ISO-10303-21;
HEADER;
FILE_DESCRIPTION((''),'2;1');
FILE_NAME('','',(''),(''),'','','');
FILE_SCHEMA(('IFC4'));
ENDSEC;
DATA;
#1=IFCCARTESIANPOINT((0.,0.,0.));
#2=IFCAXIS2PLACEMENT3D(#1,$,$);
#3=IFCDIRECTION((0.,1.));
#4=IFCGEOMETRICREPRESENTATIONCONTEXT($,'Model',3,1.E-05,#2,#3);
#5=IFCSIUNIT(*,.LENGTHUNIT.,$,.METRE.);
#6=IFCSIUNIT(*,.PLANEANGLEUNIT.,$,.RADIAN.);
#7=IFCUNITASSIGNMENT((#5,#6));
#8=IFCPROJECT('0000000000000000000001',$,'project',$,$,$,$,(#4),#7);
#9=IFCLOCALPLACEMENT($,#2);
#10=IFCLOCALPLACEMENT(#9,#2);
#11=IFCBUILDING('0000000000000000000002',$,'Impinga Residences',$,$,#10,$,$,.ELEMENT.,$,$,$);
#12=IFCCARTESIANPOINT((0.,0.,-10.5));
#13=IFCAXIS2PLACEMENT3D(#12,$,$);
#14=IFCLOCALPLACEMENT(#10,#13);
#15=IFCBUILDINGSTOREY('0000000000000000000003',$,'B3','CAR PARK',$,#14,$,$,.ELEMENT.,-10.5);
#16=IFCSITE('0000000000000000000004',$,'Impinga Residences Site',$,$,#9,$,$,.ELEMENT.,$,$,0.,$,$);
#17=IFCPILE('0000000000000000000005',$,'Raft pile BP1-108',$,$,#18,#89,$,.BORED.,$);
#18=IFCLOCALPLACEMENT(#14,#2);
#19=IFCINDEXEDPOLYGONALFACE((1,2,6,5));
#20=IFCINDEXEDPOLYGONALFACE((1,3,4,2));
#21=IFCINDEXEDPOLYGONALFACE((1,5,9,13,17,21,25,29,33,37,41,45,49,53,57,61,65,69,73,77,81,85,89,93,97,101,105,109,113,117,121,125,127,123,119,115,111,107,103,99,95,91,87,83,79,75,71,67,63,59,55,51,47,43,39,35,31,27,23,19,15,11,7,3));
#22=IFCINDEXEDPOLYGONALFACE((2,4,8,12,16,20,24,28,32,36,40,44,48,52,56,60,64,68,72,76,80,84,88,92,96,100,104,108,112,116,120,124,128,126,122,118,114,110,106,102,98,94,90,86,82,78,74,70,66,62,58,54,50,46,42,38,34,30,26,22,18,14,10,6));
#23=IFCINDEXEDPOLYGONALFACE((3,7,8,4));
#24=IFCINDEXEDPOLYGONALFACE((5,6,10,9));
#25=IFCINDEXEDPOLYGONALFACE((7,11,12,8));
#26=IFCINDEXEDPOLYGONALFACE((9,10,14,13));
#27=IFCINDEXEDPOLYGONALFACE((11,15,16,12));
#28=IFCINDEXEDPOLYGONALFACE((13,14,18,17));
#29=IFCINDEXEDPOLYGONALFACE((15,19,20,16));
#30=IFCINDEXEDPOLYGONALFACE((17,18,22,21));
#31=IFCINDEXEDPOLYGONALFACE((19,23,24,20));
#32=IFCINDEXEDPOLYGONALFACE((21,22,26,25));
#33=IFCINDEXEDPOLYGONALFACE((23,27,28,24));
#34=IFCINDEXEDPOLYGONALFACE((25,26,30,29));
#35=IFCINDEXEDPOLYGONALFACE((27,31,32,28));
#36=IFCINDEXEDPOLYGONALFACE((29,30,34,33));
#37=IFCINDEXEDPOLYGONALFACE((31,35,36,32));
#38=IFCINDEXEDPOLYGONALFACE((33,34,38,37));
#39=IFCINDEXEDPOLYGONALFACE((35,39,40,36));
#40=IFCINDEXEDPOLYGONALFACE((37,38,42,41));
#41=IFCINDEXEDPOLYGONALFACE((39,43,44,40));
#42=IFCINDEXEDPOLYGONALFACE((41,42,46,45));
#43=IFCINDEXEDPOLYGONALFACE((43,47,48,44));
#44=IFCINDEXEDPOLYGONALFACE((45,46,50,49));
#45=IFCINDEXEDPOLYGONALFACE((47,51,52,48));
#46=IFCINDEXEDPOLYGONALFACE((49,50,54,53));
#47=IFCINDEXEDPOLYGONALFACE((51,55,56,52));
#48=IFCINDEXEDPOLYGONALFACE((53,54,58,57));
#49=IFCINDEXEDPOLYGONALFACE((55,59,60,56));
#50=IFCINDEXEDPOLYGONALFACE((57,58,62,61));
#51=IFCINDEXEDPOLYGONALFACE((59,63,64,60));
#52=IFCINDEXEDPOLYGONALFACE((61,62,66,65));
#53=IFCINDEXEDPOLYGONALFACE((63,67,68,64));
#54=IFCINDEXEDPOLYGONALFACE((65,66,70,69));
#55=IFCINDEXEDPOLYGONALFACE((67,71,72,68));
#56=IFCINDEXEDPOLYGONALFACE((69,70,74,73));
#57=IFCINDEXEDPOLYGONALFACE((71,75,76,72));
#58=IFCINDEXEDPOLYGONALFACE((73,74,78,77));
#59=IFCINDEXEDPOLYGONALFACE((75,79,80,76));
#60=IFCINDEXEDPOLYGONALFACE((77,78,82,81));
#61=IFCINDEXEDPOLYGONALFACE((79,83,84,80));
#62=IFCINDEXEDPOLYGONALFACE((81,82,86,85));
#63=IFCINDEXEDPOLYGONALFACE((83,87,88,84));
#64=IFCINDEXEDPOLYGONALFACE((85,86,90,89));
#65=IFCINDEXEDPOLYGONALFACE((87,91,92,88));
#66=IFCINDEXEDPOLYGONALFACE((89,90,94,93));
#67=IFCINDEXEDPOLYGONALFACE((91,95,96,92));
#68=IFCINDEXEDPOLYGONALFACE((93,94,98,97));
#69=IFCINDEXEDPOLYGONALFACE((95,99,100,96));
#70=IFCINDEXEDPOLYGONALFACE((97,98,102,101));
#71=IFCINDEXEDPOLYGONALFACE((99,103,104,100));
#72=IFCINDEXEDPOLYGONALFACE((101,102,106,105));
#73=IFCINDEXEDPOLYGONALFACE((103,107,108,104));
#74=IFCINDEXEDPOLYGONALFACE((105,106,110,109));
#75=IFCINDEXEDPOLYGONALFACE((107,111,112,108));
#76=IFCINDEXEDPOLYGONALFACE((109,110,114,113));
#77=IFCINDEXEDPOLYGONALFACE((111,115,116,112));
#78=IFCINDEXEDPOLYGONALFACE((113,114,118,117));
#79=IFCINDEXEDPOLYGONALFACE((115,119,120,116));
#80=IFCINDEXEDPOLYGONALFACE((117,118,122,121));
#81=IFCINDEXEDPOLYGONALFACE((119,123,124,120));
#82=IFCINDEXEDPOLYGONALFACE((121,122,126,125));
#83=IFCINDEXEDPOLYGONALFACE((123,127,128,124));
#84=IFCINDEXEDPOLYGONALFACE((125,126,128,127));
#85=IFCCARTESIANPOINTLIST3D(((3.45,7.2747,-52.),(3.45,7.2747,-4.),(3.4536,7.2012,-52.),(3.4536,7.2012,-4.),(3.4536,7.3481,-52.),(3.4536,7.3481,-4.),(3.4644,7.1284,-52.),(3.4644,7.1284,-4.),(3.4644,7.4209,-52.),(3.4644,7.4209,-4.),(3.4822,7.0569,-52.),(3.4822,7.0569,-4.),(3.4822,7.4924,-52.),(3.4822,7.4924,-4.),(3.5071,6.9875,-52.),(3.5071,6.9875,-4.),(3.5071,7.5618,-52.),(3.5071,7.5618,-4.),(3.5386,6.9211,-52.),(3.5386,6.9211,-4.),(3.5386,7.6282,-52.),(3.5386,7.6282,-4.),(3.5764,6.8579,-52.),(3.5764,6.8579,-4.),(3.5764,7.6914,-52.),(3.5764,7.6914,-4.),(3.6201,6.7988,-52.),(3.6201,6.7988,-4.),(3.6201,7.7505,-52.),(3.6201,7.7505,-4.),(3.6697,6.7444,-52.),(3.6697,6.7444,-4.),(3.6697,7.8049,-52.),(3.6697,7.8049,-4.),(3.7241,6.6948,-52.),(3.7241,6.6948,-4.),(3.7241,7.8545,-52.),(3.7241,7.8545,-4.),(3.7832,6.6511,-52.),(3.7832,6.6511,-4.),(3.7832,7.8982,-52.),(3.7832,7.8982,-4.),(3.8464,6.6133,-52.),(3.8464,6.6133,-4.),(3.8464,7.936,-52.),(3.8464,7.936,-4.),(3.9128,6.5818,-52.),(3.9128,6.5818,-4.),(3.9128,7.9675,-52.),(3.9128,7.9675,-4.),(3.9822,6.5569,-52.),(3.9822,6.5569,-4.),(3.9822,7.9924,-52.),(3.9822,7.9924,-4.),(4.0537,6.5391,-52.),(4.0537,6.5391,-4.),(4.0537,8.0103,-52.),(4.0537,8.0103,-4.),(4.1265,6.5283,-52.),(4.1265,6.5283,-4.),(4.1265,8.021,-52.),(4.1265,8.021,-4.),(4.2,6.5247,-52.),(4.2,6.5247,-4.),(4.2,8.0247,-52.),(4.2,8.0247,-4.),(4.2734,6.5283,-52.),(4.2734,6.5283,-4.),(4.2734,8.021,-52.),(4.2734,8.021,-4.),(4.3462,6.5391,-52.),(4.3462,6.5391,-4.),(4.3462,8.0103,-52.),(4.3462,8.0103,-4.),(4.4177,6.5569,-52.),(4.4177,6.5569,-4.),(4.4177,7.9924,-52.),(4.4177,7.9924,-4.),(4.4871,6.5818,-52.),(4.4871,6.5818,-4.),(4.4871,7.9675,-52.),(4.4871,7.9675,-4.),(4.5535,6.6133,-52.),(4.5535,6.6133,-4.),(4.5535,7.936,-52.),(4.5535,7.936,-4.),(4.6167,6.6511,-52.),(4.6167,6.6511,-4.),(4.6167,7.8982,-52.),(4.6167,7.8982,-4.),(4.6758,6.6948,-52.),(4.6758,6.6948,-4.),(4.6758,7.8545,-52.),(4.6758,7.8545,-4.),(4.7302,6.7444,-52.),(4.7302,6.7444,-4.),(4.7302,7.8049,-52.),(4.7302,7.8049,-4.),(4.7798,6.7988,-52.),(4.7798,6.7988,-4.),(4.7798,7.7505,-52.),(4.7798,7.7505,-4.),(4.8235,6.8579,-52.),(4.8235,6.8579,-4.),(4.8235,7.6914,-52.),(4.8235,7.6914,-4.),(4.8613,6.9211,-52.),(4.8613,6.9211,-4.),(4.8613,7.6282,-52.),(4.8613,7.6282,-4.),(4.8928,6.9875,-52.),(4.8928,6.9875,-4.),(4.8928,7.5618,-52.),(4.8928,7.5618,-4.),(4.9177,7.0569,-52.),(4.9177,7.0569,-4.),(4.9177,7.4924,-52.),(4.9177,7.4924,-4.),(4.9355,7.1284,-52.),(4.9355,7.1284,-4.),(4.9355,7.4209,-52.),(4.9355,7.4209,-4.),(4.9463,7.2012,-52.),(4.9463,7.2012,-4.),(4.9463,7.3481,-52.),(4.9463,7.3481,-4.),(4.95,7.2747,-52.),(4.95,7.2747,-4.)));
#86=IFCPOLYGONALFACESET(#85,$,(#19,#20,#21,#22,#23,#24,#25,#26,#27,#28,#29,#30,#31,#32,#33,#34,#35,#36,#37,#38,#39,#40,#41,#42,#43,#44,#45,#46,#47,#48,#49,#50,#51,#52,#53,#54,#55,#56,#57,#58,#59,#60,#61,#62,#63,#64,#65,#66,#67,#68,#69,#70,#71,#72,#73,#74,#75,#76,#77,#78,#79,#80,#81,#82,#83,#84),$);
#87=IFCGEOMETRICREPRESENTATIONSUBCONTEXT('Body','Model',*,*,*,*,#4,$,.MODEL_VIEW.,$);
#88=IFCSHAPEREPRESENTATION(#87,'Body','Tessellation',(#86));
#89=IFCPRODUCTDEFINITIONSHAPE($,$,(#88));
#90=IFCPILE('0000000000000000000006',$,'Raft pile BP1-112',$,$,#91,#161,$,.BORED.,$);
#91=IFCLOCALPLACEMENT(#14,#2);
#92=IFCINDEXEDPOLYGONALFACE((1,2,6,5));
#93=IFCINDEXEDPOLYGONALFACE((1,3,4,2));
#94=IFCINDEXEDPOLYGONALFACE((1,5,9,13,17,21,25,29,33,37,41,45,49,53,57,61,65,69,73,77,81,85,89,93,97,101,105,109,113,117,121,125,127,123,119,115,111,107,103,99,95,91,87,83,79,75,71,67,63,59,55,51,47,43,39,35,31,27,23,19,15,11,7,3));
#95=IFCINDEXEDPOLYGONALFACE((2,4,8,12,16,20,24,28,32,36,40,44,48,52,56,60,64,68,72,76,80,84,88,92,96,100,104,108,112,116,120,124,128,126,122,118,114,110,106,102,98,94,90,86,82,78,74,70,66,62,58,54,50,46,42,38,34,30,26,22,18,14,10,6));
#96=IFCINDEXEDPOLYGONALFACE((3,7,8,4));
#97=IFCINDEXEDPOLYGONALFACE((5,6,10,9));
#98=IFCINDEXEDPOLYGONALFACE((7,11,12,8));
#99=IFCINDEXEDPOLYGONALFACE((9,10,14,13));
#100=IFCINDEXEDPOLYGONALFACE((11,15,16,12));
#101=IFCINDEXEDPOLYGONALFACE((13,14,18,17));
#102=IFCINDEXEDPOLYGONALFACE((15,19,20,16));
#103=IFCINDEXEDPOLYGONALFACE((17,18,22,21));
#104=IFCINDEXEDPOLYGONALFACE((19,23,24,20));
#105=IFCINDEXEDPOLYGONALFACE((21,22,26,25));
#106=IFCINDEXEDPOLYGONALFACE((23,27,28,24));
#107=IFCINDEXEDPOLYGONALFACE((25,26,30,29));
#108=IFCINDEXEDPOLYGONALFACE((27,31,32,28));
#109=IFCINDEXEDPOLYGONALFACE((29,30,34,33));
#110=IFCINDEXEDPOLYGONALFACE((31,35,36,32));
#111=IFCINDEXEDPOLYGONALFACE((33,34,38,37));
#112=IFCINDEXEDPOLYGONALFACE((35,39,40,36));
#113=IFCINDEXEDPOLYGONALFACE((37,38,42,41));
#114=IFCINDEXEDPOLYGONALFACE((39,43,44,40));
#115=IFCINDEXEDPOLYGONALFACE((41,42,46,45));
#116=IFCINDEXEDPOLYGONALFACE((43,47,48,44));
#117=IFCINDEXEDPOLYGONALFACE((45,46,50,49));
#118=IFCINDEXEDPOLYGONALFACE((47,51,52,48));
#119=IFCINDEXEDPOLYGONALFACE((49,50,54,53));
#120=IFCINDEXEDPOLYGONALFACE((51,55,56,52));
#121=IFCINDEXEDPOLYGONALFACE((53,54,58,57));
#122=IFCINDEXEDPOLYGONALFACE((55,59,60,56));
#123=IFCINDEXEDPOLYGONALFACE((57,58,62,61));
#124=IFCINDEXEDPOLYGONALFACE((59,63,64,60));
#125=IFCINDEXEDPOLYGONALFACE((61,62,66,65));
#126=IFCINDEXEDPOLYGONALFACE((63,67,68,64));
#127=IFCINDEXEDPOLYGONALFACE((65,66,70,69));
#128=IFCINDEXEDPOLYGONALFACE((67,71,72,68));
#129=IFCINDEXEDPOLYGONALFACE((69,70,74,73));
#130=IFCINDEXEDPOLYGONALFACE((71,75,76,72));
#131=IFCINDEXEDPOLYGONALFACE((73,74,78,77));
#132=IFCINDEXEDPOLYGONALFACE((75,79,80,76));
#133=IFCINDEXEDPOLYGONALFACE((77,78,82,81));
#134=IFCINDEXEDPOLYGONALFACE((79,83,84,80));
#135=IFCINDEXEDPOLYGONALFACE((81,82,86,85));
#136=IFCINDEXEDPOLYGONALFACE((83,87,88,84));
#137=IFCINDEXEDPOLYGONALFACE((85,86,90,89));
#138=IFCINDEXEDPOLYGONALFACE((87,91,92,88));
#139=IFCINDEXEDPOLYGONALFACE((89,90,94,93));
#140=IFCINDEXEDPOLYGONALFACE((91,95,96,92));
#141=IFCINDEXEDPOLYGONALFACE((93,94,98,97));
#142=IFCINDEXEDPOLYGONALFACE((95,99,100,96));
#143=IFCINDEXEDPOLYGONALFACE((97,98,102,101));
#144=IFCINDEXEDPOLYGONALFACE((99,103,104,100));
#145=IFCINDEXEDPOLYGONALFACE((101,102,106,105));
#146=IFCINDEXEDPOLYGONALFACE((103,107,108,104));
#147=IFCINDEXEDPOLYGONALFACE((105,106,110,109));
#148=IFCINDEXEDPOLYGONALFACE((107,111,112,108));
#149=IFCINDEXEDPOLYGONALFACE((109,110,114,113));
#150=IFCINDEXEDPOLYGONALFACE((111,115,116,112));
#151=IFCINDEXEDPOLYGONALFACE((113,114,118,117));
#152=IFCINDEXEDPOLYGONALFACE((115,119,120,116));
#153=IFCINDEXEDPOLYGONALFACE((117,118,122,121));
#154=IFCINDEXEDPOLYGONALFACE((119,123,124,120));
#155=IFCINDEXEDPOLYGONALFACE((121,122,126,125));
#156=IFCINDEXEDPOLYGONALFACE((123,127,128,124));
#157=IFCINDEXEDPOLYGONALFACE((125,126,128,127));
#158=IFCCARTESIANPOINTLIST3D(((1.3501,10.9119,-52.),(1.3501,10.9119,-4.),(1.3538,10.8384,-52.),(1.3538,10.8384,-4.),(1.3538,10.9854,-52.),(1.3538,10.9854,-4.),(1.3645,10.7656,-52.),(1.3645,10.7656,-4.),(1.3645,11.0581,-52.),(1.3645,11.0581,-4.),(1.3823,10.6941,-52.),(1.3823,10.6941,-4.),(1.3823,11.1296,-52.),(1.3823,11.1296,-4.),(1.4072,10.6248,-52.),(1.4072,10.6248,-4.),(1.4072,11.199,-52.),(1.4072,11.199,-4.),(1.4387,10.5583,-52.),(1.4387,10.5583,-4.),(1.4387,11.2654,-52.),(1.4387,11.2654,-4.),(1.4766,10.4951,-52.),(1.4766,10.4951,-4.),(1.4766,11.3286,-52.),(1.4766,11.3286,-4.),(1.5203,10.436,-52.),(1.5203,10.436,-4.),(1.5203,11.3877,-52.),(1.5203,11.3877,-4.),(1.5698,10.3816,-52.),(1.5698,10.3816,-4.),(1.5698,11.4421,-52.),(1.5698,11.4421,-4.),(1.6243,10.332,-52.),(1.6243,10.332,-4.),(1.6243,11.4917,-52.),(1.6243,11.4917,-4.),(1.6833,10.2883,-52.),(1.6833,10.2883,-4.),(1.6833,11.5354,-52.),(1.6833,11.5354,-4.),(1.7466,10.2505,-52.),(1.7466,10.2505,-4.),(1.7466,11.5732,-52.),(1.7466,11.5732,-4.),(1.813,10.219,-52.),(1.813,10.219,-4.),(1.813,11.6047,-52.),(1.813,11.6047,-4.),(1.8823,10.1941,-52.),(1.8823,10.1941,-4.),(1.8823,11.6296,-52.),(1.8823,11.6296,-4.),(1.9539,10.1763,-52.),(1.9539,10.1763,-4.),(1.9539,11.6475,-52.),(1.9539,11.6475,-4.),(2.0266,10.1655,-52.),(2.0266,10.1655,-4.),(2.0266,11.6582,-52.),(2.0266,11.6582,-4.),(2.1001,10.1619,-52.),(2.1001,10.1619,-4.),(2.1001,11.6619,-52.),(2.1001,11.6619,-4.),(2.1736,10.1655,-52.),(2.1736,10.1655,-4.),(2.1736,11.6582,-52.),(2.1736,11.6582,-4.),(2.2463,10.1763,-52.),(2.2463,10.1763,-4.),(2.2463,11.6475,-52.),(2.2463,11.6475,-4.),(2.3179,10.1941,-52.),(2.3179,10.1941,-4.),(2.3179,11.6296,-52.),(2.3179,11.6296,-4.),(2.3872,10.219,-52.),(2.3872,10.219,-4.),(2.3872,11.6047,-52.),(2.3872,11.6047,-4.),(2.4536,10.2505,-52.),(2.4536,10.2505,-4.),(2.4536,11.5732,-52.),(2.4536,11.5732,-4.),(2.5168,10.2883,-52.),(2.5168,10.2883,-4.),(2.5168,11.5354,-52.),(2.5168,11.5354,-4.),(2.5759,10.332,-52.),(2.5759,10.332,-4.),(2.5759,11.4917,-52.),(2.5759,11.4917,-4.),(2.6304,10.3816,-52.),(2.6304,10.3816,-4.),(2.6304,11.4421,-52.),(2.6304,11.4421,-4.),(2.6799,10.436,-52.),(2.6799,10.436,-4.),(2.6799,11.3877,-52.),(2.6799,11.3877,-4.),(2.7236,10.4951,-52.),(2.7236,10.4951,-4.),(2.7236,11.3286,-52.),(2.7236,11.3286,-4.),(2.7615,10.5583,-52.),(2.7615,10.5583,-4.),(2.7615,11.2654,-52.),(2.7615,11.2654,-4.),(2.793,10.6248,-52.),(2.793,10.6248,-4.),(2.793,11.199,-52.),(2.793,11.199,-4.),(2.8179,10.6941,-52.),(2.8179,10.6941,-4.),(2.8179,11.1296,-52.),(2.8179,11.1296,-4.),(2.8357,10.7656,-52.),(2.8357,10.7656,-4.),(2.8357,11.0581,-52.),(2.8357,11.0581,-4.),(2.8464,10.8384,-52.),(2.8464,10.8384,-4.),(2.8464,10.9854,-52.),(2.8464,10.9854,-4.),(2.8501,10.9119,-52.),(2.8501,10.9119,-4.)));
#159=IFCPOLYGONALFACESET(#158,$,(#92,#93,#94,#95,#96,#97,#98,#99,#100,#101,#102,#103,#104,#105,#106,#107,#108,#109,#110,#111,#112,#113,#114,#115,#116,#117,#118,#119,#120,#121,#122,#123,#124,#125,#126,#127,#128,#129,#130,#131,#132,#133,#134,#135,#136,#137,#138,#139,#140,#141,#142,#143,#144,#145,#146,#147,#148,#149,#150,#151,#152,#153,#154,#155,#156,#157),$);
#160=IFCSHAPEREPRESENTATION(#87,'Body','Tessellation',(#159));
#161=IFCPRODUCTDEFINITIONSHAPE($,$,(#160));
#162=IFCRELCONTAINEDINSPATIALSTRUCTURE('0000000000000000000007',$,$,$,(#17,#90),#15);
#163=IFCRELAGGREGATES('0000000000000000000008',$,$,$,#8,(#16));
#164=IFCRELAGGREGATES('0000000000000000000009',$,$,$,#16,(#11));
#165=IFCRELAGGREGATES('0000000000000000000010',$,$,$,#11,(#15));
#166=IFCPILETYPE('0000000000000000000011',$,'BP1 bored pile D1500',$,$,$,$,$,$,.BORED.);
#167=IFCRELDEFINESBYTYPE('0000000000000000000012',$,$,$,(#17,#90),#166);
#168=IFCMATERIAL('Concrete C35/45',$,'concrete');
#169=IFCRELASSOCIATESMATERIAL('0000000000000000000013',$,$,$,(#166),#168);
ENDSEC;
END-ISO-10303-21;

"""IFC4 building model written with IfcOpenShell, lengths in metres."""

from ifc_helpers import new_model, si_unit, direction, frame, origin, origin_2d, place, context, subcontext, project, spatial, polyline, circle, outline, extrude, material, material_profile, profile_set, type_object, element, save


model = new_model("IFC4")

# Units and contexts
model_context = context("Model", 3, precision=1e-05, world=origin(), true_north=direction((0.0, 1.0)))
body_context = subcontext(model_context, "Body", "Model", "MODEL_VIEW")
ifc_project = project(units=[si_unit("LENGTHUNIT", "METRE"), si_unit("PLANEANGLEUNIT", "RADIAN")], contexts=[model_context])

# Site, building, storey
site_placement = place(None, origin())
site = spatial("IfcSite", under=ifc_project, at=site_placement, Name="Impinga Residences Site", CompositionType="ELEMENT", RefElevation=0.0)
building_placement = place(site_placement, origin())
building = spatial("IfcBuilding", under=site, at=building_placement, Name="Impinga Residences", CompositionType="ELEMENT")
storey_placement = place(building_placement, frame((0.0, 0.0, -10.5)))
storey = spatial("IfcBuildingStorey", under=building, at=storey_placement, Name="B3", Description="CAR PARK", CompositionType="ELEMENT", Elevation=-10.5)

# Piles
ifc_material_1 = material(Name="Concrete C35/45", Category="concrete")
ifc_material_profile = material_profile(ifc_material_1, circle(Radius=0.75, at=origin_2d()), Name="D1500")
ifc_profile_set = profile_set([ifc_material_profile], Name="Concrete C35/45")
pile_type = type_object("IfcPileType", Name="BP1 bored pile D1500", PredefinedType="BORED", material=ifc_profile_set)
pile_1_placement = place(storey_placement, frame((4.2, 7.2747, -4.0), z_axis=(0.0, 0.0, -1.0), x_axis=(1.0, 0.0, 0.0)))
element("IfcPile", 1, at=pile_1_placement, inside=storey, type_object=pile_type, Name="Raft pile BP1-108", PredefinedType="BORED", context=body_context, shape_type="SweptSolid", body=[
    extrude(outline(polyline([(0.75, 0.0), (0.7463, 0.0735), (0.7356, 0.1462), (0.7178, 0.2178), (0.6929, 0.2871), (0.6614, 0.3535), (0.6235, 0.4167), (0.5798, 0.4758), (0.5303, 0.5303), (0.4758, 0.5798), (0.4167, 0.6235), (0.3535, 0.6614), (0.2871, 0.6929), (0.2178, 0.7178), (0.1462, 0.7356), (0.0735, 0.7463), (0.0, 0.75), (-0.0735, 0.7463), (-0.1462, 0.7356), (-0.2178, 0.7178), (-0.2871, 0.6929), (-0.3535, 0.6614), (-0.4167, 0.6235), (-0.4758, 0.5798), (-0.5303, 0.5303), (-0.5798, 0.4758), (-0.6235, 0.4167), (-0.6614, 0.3535), (-0.6929, 0.2871), (-0.7178, 0.2178), (-0.7356, 0.1462), (-0.7463, 0.0735), (-0.75, 0.0), (-0.7463, -0.0735), (-0.7356, -0.1462), (-0.7178, -0.2178), (-0.6929, -0.2871), (-0.6614, -0.3535), (-0.6235, -0.4167), (-0.5798, -0.4758), (-0.5303, -0.5303), (-0.4758, -0.5798), (-0.4167, -0.6235), (-0.3535, -0.6614), (-0.2871, -0.6929), (-0.2178, -0.7178), (-0.1462, -0.7356), (-0.0735, -0.7463), (0.0, -0.75), (0.0735, -0.7463), (0.1462, -0.7356), (0.2178, -0.7178), (0.2871, -0.6929), (0.3535, -0.6614), (0.4167, -0.6235), (0.4758, -0.5798), (0.5303, -0.5303), (0.5798, -0.4758), (0.6235, -0.4167), (0.6614, -0.3535), (0.6929, -0.2871), (0.7178, -0.2178), (0.7356, -0.1462), (0.7463, -0.0735), (0.75, 0.0)])), origin(), (0.0, 0.0, 1.0), 48.0),
])
pile_2_placement = place(storey_placement, frame((2.1001, 10.9119, -4.0), z_axis=(0.0, 0.0, -1.0), x_axis=(1.0, 0.0, 0.0)))
element("IfcPile", 2, at=pile_2_placement, inside=storey, type_object=pile_type, Name="Raft pile BP1-112", PredefinedType="BORED", context=body_context, shape_type="SweptSolid", body=[
    extrude(outline(polyline([(0.75, 0.0), (0.7463, 0.0735), (0.7356, 0.1462), (0.7178, 0.2178), (0.6929, 0.2871), (0.6614, 0.3535), (0.6235, 0.4167), (0.5798, 0.4758), (0.5303, 0.5303), (0.4758, 0.5798), (0.4167, 0.6235), (0.3535, 0.6614), (0.2871, 0.6929), (0.2178, 0.7178), (0.1462, 0.7356), (0.0735, 0.7463), (0.0, 0.75), (-0.0735, 0.7463), (-0.1462, 0.7356), (-0.2178, 0.7178), (-0.2871, 0.6929), (-0.3535, 0.6614), (-0.4167, 0.6235), (-0.4758, 0.5798), (-0.5303, 0.5303), (-0.5798, 0.4758), (-0.6235, 0.4167), (-0.6614, 0.3535), (-0.6929, 0.2871), (-0.7178, 0.2178), (-0.7356, 0.1462), (-0.7463, 0.0735), (-0.75, 0.0), (-0.7463, -0.0735), (-0.7356, -0.1462), (-0.7178, -0.2178), (-0.6929, -0.2871), (-0.6614, -0.3535), (-0.6235, -0.4167), (-0.5798, -0.4758), (-0.5303, -0.5303), (-0.4758, -0.5798), (-0.4167, -0.6235), (-0.3535, -0.6614), (-0.2871, -0.6929), (-0.2178, -0.7178), (-0.1462, -0.7356), (-0.0735, -0.7463), (0.0, -0.75), (0.0735, -0.7463), (0.1462, -0.7356), (0.2178, -0.7178), (0.2871, -0.6929), (0.3535, -0.6614), (0.4167, -0.6235), (0.4758, -0.5798), (0.5303, -0.5303), (0.5798, -0.4758), (0.6235, -0.4167), (0.6614, -0.3535), (0.6929, -0.2871), (0.7178, -0.2178), (0.7356, -0.1462), (0.7463, -0.0735), (0.75, 0.0)])), origin(), (0.0, 0.0, 1.0), 48.0),
])

save(model, "model.ifc")
